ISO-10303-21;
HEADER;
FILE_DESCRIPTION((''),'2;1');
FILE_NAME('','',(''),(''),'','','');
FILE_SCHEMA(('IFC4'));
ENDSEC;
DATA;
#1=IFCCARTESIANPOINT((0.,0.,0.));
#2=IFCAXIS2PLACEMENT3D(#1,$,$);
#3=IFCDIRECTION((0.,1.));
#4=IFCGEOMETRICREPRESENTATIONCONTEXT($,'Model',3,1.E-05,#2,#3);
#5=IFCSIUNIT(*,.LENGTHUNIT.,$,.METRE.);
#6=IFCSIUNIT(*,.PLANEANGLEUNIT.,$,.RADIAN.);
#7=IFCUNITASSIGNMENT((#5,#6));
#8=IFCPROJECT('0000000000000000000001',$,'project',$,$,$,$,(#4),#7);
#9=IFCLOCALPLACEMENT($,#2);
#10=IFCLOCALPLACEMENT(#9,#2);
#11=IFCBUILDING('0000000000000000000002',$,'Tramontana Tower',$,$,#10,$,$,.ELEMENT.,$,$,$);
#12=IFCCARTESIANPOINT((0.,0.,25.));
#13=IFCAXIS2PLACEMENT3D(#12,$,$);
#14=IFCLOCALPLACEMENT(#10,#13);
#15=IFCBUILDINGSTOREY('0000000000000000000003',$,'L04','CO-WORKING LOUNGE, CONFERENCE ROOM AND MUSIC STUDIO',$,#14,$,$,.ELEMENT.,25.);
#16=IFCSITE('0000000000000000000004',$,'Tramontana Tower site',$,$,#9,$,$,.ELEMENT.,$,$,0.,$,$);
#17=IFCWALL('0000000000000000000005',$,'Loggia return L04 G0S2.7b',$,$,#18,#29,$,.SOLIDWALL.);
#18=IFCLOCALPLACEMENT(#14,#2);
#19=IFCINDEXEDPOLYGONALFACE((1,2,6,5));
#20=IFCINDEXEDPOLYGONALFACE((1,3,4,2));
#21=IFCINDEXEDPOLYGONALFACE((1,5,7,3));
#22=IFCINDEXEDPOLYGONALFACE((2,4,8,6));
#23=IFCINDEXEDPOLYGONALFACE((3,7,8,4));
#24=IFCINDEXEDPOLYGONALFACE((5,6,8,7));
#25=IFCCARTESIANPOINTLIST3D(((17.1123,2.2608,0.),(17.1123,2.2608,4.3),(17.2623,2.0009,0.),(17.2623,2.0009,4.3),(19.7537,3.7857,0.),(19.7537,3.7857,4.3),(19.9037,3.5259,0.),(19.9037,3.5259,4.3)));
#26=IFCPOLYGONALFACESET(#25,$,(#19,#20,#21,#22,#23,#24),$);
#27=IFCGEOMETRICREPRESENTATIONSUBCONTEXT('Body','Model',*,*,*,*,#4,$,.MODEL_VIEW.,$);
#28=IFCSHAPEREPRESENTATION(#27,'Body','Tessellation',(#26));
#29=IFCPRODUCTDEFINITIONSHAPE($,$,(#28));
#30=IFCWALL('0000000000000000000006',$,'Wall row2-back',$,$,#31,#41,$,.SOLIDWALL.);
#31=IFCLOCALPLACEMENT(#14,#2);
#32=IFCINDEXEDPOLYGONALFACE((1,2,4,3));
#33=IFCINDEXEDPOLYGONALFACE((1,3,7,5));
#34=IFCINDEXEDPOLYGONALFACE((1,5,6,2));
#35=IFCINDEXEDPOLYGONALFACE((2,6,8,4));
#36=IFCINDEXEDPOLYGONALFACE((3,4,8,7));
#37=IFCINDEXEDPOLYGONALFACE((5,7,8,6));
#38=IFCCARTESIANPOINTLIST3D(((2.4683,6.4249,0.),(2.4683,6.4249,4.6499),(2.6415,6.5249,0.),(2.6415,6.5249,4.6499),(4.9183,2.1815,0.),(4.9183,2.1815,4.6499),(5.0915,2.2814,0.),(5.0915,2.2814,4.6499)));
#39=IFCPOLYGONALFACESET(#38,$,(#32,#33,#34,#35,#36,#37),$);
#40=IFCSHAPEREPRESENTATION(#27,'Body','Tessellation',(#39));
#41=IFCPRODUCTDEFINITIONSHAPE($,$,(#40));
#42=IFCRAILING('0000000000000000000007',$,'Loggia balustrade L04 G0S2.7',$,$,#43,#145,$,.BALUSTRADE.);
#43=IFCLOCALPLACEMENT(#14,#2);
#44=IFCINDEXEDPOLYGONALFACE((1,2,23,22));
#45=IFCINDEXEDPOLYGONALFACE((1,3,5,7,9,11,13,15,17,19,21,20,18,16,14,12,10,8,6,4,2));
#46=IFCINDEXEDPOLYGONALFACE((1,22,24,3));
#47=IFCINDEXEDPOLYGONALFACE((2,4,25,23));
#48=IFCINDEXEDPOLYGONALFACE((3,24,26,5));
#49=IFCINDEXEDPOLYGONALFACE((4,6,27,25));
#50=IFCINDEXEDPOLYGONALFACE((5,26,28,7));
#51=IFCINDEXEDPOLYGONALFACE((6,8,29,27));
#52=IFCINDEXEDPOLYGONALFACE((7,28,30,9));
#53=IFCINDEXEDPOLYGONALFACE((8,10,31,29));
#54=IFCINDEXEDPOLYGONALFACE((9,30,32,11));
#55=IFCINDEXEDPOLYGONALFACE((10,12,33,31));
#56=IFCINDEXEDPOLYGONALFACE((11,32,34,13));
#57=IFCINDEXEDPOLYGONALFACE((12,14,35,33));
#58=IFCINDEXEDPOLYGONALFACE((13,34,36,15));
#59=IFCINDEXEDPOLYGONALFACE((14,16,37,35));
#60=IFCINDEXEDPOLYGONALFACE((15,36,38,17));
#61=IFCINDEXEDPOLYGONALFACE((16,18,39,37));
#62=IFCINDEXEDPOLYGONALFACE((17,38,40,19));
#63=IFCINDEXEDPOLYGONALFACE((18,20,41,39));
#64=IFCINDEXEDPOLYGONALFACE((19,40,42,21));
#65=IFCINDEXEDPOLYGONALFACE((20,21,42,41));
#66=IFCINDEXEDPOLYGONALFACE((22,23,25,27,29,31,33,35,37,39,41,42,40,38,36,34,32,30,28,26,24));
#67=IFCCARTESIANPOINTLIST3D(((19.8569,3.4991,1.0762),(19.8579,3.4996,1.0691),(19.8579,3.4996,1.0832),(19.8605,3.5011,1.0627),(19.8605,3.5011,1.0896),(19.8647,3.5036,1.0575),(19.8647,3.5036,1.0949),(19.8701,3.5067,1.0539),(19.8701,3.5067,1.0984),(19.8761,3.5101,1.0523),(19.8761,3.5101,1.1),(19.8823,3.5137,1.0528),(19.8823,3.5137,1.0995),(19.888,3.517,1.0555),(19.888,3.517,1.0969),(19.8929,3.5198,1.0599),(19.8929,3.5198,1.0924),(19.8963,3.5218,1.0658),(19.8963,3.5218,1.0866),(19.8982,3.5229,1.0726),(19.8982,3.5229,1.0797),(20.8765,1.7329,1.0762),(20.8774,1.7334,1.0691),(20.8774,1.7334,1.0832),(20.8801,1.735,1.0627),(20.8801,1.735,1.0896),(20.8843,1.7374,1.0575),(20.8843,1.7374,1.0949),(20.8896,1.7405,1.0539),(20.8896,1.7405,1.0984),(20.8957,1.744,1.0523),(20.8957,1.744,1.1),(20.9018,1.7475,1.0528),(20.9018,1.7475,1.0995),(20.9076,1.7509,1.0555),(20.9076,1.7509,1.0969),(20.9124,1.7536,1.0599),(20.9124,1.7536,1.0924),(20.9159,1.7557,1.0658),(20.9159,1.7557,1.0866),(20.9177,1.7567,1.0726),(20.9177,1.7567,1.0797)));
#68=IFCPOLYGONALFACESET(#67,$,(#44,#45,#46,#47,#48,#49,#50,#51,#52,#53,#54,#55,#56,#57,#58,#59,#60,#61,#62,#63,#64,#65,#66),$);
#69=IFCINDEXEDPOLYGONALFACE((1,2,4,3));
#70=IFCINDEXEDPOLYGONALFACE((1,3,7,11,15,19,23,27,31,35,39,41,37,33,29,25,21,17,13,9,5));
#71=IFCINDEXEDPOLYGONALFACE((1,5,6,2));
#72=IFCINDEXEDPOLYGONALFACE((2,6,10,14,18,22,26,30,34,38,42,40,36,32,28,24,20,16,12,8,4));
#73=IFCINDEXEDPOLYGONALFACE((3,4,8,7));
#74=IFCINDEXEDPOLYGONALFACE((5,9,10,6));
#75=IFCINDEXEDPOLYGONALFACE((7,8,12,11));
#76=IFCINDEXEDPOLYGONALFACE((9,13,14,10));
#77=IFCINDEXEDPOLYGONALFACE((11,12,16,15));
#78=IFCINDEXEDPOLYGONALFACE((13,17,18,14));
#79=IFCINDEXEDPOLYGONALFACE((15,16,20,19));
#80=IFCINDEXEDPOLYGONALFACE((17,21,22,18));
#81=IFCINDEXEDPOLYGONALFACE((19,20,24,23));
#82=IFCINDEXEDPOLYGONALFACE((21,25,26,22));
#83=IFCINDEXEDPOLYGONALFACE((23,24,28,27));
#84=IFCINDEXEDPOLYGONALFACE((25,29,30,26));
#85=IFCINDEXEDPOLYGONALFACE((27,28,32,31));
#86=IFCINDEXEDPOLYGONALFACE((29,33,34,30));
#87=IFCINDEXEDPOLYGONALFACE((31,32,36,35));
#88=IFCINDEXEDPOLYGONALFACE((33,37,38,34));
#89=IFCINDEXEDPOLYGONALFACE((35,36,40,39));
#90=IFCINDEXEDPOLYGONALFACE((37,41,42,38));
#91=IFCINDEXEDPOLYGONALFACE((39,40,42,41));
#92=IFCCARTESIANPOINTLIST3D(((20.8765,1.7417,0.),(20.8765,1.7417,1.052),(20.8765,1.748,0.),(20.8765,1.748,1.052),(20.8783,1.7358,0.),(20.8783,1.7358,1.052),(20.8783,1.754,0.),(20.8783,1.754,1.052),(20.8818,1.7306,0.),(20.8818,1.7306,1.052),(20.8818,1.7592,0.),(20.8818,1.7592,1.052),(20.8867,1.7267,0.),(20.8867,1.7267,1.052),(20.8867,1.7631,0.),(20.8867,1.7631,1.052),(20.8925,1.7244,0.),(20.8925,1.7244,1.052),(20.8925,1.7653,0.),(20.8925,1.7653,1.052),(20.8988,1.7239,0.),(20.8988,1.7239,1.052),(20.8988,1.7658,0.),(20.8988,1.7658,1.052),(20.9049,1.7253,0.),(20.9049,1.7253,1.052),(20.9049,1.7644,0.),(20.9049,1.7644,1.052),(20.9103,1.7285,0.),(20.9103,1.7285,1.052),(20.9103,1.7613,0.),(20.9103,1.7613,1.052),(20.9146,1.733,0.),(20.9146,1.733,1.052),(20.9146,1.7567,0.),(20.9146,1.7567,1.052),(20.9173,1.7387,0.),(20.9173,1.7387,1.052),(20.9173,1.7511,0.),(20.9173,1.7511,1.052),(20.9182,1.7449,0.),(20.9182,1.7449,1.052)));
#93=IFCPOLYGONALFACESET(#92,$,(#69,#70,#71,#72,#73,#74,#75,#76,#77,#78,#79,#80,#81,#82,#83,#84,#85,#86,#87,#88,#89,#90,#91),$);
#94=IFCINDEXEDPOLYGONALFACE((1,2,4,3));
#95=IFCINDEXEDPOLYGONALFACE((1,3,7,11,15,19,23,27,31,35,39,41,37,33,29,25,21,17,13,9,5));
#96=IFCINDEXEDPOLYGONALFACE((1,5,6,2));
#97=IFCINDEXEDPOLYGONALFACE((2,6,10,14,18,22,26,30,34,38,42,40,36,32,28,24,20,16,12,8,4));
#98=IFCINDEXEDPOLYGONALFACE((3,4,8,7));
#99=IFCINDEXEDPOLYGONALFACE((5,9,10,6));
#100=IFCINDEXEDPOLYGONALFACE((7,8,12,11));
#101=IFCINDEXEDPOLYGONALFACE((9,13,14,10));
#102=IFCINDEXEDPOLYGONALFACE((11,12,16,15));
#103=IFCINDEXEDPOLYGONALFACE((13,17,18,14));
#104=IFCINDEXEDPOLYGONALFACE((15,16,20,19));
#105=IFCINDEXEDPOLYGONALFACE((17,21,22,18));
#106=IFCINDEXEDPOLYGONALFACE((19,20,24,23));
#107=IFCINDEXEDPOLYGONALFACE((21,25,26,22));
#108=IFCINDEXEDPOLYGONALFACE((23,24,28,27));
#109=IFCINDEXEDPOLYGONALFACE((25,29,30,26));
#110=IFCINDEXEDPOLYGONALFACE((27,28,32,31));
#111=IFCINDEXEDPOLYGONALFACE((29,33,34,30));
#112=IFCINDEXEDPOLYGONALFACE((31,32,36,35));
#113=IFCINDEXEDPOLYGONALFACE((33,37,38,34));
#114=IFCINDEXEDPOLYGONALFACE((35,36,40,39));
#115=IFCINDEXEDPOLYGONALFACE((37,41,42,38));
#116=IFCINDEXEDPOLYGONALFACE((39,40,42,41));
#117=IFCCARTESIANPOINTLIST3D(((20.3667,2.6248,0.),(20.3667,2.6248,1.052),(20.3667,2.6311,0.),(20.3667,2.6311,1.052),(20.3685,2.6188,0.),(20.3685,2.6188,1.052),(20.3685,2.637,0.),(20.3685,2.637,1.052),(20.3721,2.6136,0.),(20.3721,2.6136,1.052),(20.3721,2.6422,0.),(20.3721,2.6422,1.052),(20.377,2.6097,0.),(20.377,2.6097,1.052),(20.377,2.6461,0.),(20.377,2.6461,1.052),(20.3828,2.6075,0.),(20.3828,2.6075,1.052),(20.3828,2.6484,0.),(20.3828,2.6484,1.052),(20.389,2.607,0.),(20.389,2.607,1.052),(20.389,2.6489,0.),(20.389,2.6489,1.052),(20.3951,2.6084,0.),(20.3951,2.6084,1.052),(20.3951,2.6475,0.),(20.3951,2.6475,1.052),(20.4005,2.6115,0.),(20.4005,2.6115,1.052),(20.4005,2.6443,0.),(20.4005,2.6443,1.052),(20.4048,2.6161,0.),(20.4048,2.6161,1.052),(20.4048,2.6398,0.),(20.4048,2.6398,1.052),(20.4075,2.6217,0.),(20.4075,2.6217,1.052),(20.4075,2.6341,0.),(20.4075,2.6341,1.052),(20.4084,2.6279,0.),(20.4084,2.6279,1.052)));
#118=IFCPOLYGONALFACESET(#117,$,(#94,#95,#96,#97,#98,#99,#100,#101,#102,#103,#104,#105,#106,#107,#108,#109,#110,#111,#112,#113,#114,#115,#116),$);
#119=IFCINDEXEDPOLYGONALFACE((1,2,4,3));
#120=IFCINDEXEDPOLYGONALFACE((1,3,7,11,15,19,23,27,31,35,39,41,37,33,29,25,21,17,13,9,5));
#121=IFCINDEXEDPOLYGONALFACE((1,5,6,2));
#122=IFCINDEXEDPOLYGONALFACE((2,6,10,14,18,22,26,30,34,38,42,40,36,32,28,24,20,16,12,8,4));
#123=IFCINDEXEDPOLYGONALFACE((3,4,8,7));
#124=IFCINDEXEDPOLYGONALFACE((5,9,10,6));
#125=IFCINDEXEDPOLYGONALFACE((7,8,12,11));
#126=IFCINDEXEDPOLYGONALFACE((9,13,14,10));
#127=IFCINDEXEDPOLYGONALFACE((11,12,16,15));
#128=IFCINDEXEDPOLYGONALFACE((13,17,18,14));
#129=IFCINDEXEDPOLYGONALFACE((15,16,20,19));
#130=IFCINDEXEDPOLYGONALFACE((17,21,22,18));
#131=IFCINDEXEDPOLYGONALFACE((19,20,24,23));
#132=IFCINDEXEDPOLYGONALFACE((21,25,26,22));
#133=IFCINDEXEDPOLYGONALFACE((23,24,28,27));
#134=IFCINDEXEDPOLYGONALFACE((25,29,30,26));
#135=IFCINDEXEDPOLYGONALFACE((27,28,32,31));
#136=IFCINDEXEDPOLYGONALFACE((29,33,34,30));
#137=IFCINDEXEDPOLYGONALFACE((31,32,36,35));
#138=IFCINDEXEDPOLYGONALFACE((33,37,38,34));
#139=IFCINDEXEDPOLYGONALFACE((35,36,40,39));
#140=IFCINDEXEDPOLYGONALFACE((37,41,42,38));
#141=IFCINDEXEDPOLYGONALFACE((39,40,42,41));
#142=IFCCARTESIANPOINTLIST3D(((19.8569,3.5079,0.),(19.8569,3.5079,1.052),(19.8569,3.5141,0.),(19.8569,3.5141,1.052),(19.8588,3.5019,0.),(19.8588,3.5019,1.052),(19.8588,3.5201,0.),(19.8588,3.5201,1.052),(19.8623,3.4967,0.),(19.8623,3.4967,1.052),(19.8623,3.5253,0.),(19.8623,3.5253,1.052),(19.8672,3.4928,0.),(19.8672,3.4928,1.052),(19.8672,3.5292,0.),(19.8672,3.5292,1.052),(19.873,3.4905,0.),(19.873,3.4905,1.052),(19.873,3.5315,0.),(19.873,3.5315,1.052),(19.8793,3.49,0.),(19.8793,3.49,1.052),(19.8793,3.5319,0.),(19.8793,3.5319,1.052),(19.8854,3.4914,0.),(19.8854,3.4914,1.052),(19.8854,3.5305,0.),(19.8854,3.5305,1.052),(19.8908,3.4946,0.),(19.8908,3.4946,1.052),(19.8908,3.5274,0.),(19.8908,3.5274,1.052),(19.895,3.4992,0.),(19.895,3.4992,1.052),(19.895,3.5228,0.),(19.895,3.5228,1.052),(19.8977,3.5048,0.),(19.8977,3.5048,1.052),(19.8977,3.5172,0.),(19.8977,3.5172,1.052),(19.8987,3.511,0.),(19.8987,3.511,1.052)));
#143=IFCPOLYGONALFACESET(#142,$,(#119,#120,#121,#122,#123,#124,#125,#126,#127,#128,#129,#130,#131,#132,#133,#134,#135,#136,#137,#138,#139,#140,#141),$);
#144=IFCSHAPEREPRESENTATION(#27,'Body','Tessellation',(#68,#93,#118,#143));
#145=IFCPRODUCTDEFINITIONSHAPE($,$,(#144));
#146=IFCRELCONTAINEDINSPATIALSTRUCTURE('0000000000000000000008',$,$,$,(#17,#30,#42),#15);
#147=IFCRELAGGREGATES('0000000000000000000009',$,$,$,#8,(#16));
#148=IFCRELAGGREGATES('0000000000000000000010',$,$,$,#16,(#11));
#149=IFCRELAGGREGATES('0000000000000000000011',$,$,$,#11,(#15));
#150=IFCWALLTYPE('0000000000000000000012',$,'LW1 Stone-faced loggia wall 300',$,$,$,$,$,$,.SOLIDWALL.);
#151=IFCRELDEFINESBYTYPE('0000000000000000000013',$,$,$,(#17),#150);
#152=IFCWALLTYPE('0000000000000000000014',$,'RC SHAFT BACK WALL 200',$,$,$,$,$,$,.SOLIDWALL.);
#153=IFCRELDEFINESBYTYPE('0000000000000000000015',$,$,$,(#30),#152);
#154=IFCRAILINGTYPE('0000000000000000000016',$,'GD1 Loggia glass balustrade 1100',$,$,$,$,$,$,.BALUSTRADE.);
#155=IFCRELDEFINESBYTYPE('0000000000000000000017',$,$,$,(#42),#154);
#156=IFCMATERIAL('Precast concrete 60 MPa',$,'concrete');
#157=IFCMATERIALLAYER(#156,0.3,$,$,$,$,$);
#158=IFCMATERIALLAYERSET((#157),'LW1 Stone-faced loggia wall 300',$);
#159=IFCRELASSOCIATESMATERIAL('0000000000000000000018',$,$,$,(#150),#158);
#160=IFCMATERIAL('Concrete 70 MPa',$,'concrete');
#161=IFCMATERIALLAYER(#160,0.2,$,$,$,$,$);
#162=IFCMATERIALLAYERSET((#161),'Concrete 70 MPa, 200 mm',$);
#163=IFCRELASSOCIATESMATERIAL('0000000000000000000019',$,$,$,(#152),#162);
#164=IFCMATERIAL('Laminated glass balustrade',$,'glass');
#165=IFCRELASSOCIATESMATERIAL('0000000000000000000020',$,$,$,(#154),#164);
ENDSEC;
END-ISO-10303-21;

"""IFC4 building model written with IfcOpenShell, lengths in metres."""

from ifc_helpers import new_model, si_unit, direction, frame, frame_2d, origin, origin_2d, place, context, subcontext, project, spatial, rectangle, circle, extrude, material, layer, layer_set, type_object, element, save


model = new_model("IFC4")

# Units and contexts
model_context = context("Model", 3, precision=1e-05, world=origin(), true_north=direction((0.0, 1.0)))
body_context = subcontext(model_context, "Body", "Model", "MODEL_VIEW")
ifc_project = project(units=[si_unit("LENGTHUNIT", "METRE"), si_unit("PLANEANGLEUNIT", "RADIAN")], contexts=[model_context])

# Site, building, storey
site_placement = place(None, origin())
site = spatial("IfcSite", under=ifc_project, at=site_placement, Name="Tramontana Tower site", CompositionType="ELEMENT", RefElevation=0.0)
building_placement = place(site_placement, origin())
building = spatial("IfcBuilding", under=site, at=building_placement, Name="Tramontana Tower", CompositionType="ELEMENT")
storey_placement = place(building_placement, frame((0.0, 0.0, 25.0)))
storey = spatial("IfcBuildingStorey", under=building, at=storey_placement, Name="L04", Description="CO-WORKING LOUNGE, CONFERENCE ROOM AND MUSIC STUDIO", CompositionType="ELEMENT", Elevation=25.0)

# Shared definitions
ifc_material_1 = material(Name="Precast concrete 60 MPa", Category="concrete")
ifc_layer_1 = layer(ifc_material_1, 0.3)
ifc_layer_set_1 = layer_set([ifc_layer_1], Name="LW1 Stone-faced loggia wall 300")
wall_type_1 = type_object("IfcWallType", Name="LW1 Stone-faced loggia wall 300", PredefinedType="SOLIDWALL", material=ifc_layer_set_1)

# Walls
for number, where, z_axis, x_axis, name in (
    (1, (19.8286, 3.6558, 0.0), (0.0, 0.0, 1.0), (-0.866038, -0.499979, 0.0), "Loggia return L04 G0S2.7b"),
):
    element("IfcWall", number, at=place(storey_placement, frame(where, z_axis=z_axis, x_axis=x_axis)), inside=storey, type_object=wall_type_1, Name=name, PredefinedType="SOLIDWALL", context=body_context, shape_type="SweptSolid", body=[
        extrude(rectangle(XDim=3.05, YDim=0.3, at=frame_2d((1.5249, 0.0))), origin(), (0.0, 0.0, 1.0), 4.3),
    ])
ifc_material_2 = material(Name="Concrete 70 MPa", Category="concrete")
ifc_layer_2 = layer(ifc_material_2, 0.2)
ifc_layer_set_2 = layer_set([ifc_layer_2], Name="Concrete 70 MPa, 200 mm")
wall_type_2 = type_object("IfcWallType", Name="RC SHAFT BACK WALL 200", PredefinedType="SOLIDWALL", material=ifc_layer_set_2)
wall_1_placement = place(storey_placement, frame((5.0049, 2.2314, 0.0), z_axis=(0.0, 0.0, 1.0), x_axis=(-0.500003, 0.866024, 0.0)))
element("IfcWall", 2, at=wall_1_placement, inside=storey, type_object=wall_type_2, Name="Wall row2-back", PredefinedType="SOLIDWALL", context=body_context, shape_type="SweptSolid", body=[
    extrude(rectangle(XDim=4.8999, YDim=0.2, at=frame_2d((2.45, 0.0))), origin(), (0.0, 0.0, 1.0), 4.6499),
])

# Railing
ifc_material_3 = material(Name="Laminated glass balustrade", Category="glass")
railing_type_1 = type_object("IfcRailingType", Name="GD1 Loggia glass balustrade 1100", PredefinedType="BALUSTRADE", material=ifc_material_3)
railing_placement = place(storey_placement, frame((20.8972, 1.7449, 0.0)))
element("IfcRailing", 3, at=railing_placement, inside=storey, type_object=railing_type_1, Name="Loggia balustrade L04 G0S2.7", PredefinedType="BALUSTRADE", context=body_context, shape_type="SweptSolid", body=[
    extrude(circle(Radius=0.0239, at=origin_2d()), frame((0.0, 0.0, 1.0762), z_axis=(-0.49995, 0.866054, 0.0), x_axis=(-0.866054, -0.49995, 0.0)), (0.0, 0.0, 1.0), 2.0393),
    extrude(circle(Radius=0.021, at=origin_2d()), origin(), (0.0, 0.0, 1.0), 1.052),
    extrude(circle(Radius=0.021, at=origin_2d()), frame((-0.5098, 0.8831, 0.0)), (0.0, 0.0, 1.0), 1.052),
    extrude(circle(Radius=0.021, at=origin_2d()), frame((-1.0195, 1.7661, 0.0)), (0.0, 0.0, 1.0), 1.052),
])

save(model, "model.ifc")
